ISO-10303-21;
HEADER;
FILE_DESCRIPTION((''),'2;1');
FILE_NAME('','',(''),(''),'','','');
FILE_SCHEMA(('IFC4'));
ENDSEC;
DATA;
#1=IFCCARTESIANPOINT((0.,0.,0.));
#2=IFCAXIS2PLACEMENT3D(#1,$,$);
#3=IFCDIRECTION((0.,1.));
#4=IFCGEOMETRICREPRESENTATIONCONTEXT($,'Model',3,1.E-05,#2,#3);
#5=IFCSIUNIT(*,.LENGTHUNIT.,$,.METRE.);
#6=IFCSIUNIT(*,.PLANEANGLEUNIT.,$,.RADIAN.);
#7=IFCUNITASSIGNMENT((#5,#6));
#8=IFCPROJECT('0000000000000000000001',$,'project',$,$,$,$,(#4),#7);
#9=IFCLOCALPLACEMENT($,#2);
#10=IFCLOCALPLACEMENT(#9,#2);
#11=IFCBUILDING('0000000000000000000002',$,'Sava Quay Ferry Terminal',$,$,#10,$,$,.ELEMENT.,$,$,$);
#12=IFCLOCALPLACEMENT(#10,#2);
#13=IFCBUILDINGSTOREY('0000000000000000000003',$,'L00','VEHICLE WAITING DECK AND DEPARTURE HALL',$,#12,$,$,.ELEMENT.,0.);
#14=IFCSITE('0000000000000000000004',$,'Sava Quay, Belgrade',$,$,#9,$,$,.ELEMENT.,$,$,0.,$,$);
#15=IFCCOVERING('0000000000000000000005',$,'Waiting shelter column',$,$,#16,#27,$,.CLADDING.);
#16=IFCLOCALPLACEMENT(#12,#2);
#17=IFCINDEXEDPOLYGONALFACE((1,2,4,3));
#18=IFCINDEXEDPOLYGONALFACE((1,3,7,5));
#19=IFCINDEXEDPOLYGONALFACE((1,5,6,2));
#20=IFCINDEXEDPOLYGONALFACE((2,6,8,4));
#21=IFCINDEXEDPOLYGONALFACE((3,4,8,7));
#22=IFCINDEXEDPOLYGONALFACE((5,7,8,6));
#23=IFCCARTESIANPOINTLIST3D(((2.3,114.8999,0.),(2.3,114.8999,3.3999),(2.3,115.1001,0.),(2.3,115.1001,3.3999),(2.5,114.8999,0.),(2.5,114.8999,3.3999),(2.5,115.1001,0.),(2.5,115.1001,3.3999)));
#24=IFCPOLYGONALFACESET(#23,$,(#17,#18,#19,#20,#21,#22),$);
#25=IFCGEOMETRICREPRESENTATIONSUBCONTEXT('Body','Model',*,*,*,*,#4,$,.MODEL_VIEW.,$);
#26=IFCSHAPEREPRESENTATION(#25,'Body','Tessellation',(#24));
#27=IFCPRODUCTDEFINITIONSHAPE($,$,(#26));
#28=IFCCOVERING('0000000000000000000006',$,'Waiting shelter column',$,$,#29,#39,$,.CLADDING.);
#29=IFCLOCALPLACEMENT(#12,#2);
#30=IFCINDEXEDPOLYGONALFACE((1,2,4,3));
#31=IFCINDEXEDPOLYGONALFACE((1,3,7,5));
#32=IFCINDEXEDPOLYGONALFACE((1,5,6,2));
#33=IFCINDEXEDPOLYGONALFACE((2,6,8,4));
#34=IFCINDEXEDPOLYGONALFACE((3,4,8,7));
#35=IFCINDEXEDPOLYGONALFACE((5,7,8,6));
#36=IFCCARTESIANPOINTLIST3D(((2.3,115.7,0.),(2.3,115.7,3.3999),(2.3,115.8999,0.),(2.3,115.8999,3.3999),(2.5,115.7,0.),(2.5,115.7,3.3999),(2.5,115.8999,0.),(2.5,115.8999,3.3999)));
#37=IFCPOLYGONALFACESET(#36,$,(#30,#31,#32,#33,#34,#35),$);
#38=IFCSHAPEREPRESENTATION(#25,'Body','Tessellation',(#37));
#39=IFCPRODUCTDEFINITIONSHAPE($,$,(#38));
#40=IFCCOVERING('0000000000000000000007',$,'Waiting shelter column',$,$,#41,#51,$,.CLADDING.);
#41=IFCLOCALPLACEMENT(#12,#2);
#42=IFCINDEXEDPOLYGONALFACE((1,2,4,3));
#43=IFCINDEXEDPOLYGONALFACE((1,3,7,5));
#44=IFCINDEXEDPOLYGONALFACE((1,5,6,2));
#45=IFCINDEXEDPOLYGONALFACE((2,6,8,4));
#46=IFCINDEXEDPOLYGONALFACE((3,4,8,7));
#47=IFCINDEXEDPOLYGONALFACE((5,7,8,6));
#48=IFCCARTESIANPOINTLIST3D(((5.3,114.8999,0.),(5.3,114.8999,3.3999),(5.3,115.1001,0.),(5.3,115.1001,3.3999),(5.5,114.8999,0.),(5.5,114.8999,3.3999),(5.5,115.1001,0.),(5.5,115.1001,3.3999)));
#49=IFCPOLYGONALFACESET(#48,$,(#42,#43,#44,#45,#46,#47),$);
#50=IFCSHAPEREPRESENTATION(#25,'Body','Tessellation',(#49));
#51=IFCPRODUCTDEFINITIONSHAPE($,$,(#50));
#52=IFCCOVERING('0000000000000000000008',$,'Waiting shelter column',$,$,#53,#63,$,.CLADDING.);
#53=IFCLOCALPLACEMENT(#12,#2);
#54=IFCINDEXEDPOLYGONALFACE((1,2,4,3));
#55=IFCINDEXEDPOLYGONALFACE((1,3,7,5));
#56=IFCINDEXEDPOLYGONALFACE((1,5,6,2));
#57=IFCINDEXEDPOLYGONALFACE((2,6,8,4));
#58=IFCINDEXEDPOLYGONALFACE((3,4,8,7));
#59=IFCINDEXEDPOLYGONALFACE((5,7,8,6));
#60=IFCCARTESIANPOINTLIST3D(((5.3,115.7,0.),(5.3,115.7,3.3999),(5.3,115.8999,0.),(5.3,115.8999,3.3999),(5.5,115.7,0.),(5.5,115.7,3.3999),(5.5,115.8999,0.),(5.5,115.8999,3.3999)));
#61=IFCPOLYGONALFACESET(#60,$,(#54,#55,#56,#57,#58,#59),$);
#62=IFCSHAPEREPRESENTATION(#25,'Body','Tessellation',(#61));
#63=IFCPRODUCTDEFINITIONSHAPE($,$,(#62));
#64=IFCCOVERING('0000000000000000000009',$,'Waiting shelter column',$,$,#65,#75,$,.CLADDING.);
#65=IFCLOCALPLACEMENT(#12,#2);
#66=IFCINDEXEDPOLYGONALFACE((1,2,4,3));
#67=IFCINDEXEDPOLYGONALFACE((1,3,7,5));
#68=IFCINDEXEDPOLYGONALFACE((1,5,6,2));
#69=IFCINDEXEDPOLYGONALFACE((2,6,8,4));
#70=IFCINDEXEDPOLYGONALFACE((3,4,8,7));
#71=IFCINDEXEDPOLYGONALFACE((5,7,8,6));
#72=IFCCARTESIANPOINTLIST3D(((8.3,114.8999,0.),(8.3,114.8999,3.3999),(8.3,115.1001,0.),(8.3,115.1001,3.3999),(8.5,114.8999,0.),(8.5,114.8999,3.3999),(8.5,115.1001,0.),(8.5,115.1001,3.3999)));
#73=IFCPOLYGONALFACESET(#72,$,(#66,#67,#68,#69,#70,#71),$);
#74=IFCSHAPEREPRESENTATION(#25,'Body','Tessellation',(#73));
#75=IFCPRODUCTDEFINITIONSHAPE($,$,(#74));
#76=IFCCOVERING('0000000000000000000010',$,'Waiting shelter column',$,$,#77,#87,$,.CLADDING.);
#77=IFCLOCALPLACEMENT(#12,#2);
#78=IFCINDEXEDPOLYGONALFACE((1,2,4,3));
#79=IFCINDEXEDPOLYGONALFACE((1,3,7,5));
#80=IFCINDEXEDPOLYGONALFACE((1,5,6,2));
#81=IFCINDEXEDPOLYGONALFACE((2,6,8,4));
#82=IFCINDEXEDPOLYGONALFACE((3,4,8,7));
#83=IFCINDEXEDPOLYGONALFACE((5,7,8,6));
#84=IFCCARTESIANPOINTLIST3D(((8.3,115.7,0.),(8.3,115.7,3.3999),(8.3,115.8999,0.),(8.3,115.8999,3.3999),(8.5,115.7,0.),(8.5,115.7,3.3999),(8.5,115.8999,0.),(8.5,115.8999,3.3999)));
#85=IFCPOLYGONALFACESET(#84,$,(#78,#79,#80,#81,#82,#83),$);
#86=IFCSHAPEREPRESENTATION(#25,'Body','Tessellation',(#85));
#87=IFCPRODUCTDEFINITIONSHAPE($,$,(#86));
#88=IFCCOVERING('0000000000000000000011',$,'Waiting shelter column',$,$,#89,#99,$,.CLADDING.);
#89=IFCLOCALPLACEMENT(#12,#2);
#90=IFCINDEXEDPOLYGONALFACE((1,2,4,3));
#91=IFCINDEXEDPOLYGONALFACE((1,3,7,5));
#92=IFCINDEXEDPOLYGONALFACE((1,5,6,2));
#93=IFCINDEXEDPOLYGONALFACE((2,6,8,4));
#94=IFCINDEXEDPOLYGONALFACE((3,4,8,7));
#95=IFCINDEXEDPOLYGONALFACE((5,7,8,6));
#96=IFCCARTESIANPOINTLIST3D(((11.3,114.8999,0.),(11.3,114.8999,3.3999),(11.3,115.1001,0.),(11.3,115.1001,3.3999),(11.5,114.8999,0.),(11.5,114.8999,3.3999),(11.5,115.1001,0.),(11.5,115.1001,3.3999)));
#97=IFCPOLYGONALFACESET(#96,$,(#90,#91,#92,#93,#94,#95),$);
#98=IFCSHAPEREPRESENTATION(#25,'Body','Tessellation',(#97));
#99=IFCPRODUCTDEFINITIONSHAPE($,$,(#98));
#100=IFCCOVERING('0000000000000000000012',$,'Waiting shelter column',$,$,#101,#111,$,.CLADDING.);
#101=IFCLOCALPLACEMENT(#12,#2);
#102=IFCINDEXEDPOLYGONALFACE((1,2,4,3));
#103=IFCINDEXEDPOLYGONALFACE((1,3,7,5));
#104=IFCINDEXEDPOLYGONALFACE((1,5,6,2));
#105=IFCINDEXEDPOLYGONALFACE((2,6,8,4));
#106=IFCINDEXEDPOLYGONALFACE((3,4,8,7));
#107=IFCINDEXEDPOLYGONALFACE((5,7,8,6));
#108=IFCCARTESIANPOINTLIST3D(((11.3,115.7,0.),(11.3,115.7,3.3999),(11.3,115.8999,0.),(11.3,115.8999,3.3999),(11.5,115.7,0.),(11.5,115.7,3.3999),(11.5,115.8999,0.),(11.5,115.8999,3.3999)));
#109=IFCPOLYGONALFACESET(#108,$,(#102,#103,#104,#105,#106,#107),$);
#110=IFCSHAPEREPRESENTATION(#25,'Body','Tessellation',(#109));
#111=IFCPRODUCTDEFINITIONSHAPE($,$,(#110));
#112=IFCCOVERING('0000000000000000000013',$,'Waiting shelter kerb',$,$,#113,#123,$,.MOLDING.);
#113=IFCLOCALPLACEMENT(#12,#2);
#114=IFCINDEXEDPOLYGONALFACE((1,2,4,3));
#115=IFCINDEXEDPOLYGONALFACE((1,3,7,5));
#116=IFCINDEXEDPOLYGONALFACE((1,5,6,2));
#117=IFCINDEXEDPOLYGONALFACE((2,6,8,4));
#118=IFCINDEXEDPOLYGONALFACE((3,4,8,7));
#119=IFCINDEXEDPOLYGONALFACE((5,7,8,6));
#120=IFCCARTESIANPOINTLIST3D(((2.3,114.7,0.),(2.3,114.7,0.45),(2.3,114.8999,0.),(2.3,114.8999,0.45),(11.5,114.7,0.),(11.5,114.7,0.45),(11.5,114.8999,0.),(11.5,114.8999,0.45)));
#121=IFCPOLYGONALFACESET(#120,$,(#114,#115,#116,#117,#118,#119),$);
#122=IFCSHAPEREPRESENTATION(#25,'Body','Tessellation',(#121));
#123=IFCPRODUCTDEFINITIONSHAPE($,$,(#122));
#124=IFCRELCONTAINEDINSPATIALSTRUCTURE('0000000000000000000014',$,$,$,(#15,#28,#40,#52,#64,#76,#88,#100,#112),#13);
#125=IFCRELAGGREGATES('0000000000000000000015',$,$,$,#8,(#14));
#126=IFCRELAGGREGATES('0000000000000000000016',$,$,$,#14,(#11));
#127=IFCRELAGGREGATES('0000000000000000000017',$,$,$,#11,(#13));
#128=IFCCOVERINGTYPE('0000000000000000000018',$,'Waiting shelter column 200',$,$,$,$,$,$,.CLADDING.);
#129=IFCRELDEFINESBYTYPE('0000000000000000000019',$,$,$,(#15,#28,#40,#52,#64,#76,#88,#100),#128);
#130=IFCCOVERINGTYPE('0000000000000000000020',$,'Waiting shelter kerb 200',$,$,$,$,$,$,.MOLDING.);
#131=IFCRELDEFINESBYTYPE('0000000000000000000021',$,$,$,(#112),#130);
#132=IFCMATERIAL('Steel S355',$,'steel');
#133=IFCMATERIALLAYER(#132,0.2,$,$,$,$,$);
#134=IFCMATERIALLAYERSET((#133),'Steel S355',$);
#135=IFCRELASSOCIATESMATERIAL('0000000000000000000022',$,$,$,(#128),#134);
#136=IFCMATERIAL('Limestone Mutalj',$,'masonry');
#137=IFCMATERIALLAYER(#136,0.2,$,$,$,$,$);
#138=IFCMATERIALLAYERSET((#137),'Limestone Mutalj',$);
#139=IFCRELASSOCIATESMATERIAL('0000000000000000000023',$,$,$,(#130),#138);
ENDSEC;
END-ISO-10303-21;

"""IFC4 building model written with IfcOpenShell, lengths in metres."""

from ifc_helpers import new_model, si_unit, direction, origin, place, context, subcontext, project, spatial, polyline, outline, extrude, material, layer, layer_set, type_object, element, save


model = new_model("IFC4")

# Units and contexts
model_context = context("Model", 3, precision=1e-05, world=origin(), true_north=direction((0.0, 1.0)))
body_context = subcontext(model_context, "Body", "Model", "MODEL_VIEW")
ifc_project = project(units=[si_unit("LENGTHUNIT", "METRE"), si_unit("PLANEANGLEUNIT", "RADIAN")], contexts=[model_context])

# Site, building, storey
site_placement = place(None, origin())
site = spatial("IfcSite", under=ifc_project, at=site_placement, Name="Sava Quay, Belgrade", CompositionType="ELEMENT", RefElevation=0.0)
building_placement = place(site_placement, origin())
building = spatial("IfcBuilding", under=site, at=building_placement, Name="Sava Quay Ferry Terminal", CompositionType="ELEMENT")
storey_placement = place(building_placement, origin())
storey = spatial("IfcBuildingStorey", under=building, at=storey_placement, Name="L00", Description="VEHICLE WAITING DECK AND DEPARTURE HALL", CompositionType="ELEMENT", Elevation=0.0)

# Coverings
ifc_material_1 = material(Name="Steel S355", Category="steel")
ifc_layer_1 = layer(ifc_material_1, 0.2)
ifc_layer_set_1 = layer_set([ifc_layer_1], Name="Steel S355")
covering_type_1 = type_object("IfcCoveringType", Name="Waiting shelter column 200", PredefinedType="CLADDING", material=ifc_layer_set_1)
covering_1_placement = place(storey_placement, origin())
element("IfcCovering", 1, at=covering_1_placement, inside=storey, type_object=covering_type_1, Name="Waiting shelter column", PredefinedType="CLADDING", context=body_context, shape_type="SweptSolid", body=[
    extrude(outline(polyline([(2.5, 114.8999), (2.5, 115.1001), (2.3, 115.1001), (2.3, 114.8999), (2.5, 114.8999)])), origin(), (0.0, 0.0, 1.0), 3.3999),
])
covering_2_placement = place(storey_placement, origin())
element("IfcCovering", 2, at=covering_2_placement, inside=storey, type_object=covering_type_1, Name="Waiting shelter column", PredefinedType="CLADDING", context=body_context, shape_type="SweptSolid", body=[
    extrude(outline(polyline([(2.5, 115.7), (2.5, 115.8999), (2.3, 115.8999), (2.3, 115.7), (2.5, 115.7)])), origin(), (0.0, 0.0, 1.0), 3.3999),
])
covering_3_placement = place(storey_placement, origin())
element("IfcCovering", 3, at=covering_3_placement, inside=storey, type_object=covering_type_1, Name="Waiting shelter column", PredefinedType="CLADDING", context=body_context, shape_type="SweptSolid", body=[
    extrude(outline(polyline([(5.5, 114.8999), (5.5, 115.1001), (5.3, 115.1001), (5.3, 114.8999), (5.5, 114.8999)])), origin(), (0.0, 0.0, 1.0), 3.3999),
])
covering_4_placement = place(storey_placement, origin())
element("IfcCovering", 4, at=covering_4_placement, inside=storey, type_object=covering_type_1, Name="Waiting shelter column", PredefinedType="CLADDING", context=body_context, shape_type="SweptSolid", body=[
    extrude(outline(polyline([(5.5, 115.7), (5.5, 115.8999), (5.3, 115.8999), (5.3, 115.7), (5.5, 115.7)])), origin(), (0.0, 0.0, 1.0), 3.3999),
])
covering_5_placement = place(storey_placement, origin())
element("IfcCovering", 5, at=covering_5_placement, inside=storey, type_object=covering_type_1, Name="Waiting shelter column", PredefinedType="CLADDING", context=body_context, shape_type="SweptSolid", body=[
    extrude(outline(polyline([(8.5, 114.8999), (8.5, 115.1001), (8.3, 115.1001), (8.3, 114.8999), (8.5, 114.8999)])), origin(), (0.0, 0.0, 1.0), 3.3999),
])
covering_6_placement = place(storey_placement, origin())
element("IfcCovering", 6, at=covering_6_placement, inside=storey, type_object=covering_type_1, Name="Waiting shelter column", PredefinedType="CLADDING", context=body_context, shape_type="SweptSolid", body=[
    extrude(outline(polyline([(8.5, 115.7), (8.5, 115.8999), (8.3, 115.8999), (8.3, 115.7), (8.5, 115.7)])), origin(), (0.0, 0.0, 1.0), 3.3999),
])
covering_7_placement = place(storey_placement, origin())
element("IfcCovering", 7, at=covering_7_placement, inside=storey, type_object=covering_type_1, Name="Waiting shelter column", PredefinedType="CLADDING", context=body_context, shape_type="SweptSolid", body=[
    extrude(outline(polyline([(11.5, 114.8999), (11.5, 115.1001), (11.3, 115.1001), (11.3, 114.8999), (11.5, 114.8999)])), origin(), (0.0, 0.0, 1.0), 3.3999),
])
covering_8_placement = place(storey_placement, origin())
element("IfcCovering", 8, at=covering_8_placement, inside=storey, type_object=covering_type_1, Name="Waiting shelter column", PredefinedType="CLADDING", context=body_context, shape_type="SweptSolid", body=[
    extrude(outline(polyline([(11.5, 115.7), (11.5, 115.8999), (11.3, 115.8999), (11.3, 115.7), (11.5, 115.7)])), origin(), (0.0, 0.0, 1.0), 3.3999),
])
ifc_material_2 = material(Name="Limestone Mutalj", Category="masonry")
ifc_layer_2 = layer(ifc_material_2, 0.2)
ifc_layer_set_2 = layer_set([ifc_layer_2], Name="Limestone Mutalj")
covering_type_2 = type_object("IfcCoveringType", Name="Waiting shelter kerb 200", PredefinedType="MOLDING", material=ifc_layer_set_2)
covering_9_placement = place(storey_placement, origin())
element("IfcCovering", 9, at=covering_9_placement, inside=storey, type_object=covering_type_2, Name="Waiting shelter kerb", PredefinedType="MOLDING", context=body_context, shape_type="SweptSolid", body=[
    extrude(outline(polyline([(11.5, 114.7), (11.5, 114.8999), (2.3, 114.8999), (2.3, 114.7), (11.5, 114.7)])), origin(), (0.0, 0.0, 1.0), 0.45),
])

save(model, "model.ifc")
